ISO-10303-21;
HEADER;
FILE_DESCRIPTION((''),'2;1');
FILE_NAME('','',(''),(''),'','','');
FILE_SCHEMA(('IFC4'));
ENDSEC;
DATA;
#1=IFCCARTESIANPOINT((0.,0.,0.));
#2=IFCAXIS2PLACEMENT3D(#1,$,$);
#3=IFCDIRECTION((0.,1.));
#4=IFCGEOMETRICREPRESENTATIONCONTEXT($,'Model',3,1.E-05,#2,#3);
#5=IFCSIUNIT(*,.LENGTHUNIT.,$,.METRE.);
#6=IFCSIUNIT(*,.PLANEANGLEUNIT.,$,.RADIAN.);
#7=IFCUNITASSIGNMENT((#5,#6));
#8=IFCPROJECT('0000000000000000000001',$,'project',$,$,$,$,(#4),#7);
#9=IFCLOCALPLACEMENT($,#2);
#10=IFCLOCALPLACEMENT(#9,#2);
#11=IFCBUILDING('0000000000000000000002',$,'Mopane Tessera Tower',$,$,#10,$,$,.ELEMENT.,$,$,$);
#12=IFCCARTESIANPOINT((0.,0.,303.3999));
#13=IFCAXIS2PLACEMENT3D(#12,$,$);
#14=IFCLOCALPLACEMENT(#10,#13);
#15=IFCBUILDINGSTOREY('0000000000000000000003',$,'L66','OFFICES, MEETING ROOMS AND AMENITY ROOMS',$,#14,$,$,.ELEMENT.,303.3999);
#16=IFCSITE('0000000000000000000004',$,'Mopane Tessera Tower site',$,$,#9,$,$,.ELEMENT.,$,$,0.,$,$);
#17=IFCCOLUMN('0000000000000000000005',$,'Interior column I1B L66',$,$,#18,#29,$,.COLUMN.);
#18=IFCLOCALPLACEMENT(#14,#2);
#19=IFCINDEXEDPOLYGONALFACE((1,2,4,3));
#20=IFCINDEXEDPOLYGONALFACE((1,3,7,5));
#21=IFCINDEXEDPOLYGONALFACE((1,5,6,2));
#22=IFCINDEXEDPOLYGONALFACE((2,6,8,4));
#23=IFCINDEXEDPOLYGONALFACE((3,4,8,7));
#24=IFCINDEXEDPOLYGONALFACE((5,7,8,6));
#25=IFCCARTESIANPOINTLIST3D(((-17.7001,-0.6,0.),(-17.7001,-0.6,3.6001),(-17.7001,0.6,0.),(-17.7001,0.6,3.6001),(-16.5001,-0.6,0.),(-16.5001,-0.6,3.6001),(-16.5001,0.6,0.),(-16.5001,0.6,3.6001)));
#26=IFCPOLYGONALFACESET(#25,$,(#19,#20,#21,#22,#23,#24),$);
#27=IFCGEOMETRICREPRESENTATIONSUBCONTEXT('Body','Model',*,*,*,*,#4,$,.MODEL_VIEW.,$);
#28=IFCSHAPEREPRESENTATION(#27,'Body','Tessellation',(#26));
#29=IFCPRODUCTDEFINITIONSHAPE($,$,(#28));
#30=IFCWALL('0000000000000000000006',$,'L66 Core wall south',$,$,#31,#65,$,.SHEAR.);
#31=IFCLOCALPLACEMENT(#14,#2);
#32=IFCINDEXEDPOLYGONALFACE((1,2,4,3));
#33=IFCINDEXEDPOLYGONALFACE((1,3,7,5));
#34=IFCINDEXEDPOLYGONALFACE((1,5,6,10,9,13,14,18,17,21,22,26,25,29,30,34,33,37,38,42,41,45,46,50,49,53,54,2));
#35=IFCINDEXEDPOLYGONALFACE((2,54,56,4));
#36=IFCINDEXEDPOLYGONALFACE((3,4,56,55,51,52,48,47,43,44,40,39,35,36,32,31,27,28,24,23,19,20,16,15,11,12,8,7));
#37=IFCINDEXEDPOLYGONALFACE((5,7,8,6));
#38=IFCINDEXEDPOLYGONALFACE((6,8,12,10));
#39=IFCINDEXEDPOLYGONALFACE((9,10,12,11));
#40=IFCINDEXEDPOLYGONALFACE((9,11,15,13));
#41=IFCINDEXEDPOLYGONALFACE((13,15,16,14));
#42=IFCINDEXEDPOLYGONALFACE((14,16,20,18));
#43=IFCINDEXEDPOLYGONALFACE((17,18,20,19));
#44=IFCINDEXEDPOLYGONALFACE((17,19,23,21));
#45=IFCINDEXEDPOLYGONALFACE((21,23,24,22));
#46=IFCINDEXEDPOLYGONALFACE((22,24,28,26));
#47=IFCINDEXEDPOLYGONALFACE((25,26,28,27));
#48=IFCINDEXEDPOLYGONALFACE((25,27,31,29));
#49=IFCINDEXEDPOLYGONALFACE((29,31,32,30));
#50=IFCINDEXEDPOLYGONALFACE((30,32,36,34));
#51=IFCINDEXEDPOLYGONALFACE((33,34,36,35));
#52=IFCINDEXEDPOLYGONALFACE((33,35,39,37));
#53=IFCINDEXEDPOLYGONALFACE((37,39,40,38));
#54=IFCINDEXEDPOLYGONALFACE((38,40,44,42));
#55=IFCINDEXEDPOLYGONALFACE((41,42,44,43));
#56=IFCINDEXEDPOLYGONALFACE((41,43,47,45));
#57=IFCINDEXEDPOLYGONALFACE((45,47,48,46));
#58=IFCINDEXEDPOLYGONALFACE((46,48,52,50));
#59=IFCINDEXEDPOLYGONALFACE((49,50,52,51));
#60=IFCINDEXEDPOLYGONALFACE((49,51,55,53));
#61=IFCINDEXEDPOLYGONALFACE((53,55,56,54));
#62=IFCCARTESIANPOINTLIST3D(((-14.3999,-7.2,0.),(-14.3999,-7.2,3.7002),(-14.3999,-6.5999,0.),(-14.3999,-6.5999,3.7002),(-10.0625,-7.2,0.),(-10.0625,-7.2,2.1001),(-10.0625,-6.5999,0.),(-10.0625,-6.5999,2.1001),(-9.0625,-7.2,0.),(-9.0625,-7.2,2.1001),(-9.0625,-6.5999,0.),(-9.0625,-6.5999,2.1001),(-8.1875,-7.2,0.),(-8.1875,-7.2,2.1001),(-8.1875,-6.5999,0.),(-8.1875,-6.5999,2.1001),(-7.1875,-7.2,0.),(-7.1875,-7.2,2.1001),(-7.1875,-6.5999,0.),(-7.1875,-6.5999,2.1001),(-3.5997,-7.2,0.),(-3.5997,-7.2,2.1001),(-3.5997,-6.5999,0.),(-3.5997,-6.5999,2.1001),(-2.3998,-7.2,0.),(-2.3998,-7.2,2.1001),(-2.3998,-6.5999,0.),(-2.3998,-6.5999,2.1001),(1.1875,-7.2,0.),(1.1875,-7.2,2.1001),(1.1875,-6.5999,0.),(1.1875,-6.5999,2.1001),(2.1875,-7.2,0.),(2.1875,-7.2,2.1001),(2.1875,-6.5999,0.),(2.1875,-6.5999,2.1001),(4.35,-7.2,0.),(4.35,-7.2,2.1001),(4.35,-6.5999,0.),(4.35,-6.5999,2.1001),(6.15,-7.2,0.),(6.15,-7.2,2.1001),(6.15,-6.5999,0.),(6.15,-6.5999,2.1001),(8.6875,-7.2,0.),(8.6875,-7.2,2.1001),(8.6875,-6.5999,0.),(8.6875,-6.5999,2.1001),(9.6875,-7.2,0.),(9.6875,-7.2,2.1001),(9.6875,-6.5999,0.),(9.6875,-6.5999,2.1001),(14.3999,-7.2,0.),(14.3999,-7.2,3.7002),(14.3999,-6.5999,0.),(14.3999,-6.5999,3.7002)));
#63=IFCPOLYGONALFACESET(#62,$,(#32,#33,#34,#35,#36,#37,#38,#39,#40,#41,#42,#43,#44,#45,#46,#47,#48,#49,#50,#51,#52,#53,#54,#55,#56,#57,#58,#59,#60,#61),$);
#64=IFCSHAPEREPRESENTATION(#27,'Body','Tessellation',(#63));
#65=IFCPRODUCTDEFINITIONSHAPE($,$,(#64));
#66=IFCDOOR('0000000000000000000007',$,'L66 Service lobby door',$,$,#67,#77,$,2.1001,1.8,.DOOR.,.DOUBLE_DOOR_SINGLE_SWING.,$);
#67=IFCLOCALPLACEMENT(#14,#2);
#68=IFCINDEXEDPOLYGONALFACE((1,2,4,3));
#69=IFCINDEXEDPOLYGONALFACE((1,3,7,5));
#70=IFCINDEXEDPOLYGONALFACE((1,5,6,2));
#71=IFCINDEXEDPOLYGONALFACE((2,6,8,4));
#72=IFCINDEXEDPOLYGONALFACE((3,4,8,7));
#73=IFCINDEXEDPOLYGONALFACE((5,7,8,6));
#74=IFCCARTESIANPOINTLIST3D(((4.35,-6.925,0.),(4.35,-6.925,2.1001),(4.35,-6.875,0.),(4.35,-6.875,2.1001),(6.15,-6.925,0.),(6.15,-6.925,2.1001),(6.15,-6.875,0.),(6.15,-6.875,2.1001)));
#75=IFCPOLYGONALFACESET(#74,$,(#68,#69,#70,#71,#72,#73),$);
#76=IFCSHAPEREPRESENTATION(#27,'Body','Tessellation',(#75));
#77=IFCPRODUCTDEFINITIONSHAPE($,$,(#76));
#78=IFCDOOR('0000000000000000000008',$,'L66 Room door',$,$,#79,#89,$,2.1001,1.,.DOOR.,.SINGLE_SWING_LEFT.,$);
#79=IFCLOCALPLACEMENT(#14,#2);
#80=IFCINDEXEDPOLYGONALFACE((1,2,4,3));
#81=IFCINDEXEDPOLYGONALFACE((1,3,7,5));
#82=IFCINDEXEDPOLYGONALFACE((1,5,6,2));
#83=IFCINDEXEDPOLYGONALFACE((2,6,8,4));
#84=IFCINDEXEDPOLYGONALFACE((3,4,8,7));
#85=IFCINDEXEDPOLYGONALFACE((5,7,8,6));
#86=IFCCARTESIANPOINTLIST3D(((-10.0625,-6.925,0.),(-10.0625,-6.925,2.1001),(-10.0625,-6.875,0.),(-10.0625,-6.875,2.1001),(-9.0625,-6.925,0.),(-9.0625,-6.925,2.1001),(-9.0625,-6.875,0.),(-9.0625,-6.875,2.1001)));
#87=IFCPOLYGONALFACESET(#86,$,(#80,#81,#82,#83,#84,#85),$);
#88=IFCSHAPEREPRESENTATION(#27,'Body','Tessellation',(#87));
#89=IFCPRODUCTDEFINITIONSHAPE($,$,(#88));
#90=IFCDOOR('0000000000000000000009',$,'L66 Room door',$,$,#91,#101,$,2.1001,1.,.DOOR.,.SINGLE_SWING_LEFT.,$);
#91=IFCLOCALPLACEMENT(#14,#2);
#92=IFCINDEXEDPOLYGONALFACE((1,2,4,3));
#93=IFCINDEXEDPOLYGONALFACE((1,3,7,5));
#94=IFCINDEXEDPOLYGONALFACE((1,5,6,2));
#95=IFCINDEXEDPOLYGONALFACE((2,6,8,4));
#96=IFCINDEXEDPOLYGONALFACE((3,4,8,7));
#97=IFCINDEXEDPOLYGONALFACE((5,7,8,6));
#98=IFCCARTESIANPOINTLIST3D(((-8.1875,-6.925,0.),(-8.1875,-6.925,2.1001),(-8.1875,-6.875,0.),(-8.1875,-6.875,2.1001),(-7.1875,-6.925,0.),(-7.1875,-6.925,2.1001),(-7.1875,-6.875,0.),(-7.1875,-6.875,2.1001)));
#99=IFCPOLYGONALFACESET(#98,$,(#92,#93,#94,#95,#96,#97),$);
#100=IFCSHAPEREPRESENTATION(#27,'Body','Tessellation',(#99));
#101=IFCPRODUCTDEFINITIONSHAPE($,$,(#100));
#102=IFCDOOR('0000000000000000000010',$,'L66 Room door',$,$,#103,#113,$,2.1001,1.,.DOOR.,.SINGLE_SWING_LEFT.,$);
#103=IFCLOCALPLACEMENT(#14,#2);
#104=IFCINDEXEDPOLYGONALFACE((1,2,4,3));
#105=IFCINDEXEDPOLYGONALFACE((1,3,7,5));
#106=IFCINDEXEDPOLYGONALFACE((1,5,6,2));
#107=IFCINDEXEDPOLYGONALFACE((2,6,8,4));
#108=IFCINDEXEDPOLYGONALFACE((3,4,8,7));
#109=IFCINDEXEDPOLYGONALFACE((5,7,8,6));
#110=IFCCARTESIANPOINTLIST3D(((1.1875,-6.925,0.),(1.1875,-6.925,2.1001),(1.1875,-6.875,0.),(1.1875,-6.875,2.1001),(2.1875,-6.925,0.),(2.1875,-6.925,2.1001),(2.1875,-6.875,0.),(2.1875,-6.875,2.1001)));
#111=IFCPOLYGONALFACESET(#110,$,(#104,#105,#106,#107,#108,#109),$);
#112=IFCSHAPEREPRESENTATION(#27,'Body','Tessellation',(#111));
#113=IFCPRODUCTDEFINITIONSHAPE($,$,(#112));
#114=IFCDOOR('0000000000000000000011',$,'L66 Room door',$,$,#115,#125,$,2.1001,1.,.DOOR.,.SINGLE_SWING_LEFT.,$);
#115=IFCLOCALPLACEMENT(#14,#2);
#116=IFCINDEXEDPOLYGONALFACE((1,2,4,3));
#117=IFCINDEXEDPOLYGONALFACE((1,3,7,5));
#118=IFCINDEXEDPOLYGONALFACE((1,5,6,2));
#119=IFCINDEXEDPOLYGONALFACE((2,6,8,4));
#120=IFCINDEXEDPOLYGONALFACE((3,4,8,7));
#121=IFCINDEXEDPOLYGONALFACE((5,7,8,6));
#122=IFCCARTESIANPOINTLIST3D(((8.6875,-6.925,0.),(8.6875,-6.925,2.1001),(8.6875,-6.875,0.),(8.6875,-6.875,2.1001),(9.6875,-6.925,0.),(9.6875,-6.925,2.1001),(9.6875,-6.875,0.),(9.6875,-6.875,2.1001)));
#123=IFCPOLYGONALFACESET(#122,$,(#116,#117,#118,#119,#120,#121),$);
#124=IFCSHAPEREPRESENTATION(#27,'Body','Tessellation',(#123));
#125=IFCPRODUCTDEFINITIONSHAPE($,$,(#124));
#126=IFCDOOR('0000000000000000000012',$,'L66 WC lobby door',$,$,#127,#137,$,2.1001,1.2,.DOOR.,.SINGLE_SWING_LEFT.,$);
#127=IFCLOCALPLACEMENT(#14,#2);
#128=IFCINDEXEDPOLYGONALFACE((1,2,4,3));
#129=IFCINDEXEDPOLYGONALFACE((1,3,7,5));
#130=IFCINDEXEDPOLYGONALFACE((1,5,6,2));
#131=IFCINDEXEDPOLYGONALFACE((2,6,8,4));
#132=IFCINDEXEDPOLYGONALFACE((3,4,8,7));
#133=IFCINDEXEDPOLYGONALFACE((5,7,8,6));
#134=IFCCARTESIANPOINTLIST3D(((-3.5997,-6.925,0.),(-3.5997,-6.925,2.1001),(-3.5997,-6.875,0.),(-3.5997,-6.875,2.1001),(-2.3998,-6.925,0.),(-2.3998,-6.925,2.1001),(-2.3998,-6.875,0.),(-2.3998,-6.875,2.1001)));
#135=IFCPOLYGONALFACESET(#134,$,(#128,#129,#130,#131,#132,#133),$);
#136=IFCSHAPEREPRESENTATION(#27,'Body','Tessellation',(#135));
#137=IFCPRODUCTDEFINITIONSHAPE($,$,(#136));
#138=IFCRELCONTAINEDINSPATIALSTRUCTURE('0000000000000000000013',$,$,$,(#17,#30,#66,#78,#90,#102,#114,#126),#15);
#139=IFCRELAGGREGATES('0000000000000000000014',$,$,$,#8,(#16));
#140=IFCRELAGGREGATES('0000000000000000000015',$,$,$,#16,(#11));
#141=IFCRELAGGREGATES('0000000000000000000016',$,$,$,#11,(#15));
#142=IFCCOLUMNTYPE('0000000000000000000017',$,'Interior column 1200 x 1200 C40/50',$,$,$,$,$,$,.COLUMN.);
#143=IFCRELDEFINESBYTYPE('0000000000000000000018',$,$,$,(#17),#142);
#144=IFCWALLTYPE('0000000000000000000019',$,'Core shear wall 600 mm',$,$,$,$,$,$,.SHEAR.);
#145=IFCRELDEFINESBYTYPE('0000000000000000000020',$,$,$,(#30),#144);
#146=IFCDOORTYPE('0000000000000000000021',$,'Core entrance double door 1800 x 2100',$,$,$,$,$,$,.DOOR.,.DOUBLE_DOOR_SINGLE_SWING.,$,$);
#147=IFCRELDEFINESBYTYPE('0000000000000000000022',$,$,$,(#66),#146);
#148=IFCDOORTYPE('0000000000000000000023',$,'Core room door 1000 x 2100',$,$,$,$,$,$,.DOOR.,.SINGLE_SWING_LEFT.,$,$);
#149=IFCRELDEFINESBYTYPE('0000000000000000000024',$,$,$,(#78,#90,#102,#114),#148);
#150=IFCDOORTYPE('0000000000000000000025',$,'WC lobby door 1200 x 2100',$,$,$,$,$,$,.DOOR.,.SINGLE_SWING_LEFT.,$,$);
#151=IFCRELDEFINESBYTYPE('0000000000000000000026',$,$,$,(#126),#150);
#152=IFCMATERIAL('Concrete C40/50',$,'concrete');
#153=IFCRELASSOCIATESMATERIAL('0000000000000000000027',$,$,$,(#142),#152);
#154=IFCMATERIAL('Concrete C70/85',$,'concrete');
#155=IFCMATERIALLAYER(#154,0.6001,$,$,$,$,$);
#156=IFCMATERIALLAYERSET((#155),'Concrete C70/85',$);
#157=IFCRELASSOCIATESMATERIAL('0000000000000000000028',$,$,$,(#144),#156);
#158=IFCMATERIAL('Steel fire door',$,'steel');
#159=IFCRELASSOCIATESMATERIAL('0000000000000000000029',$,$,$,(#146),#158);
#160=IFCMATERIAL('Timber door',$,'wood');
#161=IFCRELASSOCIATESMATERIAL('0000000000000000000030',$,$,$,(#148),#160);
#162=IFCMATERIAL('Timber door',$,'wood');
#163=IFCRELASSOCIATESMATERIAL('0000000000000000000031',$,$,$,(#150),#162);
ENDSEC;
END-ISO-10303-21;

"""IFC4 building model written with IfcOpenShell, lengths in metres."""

from ifc_helpers import new_model, si_unit, direction, frame, frame_2d, origin, origin_2d, place, context, subcontext, project, spatial, rectangle, extrude, material, layer, layer_set, material_profile, profile_set, type_object, element, fill, save


model = new_model("IFC4")

# Units and contexts
model_context = context("Model", 3, precision=1e-05, world=origin(), true_north=direction((0.0, 1.0)))
body_context = subcontext(model_context, "Body", "Model", "MODEL_VIEW")
ifc_project = project(units=[si_unit("LENGTHUNIT", "METRE"), si_unit("PLANEANGLEUNIT", "RADIAN")], contexts=[model_context])

# Site, building, storey
site_placement = place(None, origin())
site = spatial("IfcSite", under=ifc_project, at=site_placement, Name="Mopane Tessera Tower site", CompositionType="ELEMENT", RefElevation=0.0)
building_placement = place(site_placement, origin())
building = spatial("IfcBuilding", under=site, at=building_placement, Name="Mopane Tessera Tower", CompositionType="ELEMENT")
storey_placement = place(building_placement, frame((0.0, 0.0, 303.3999)))
storey = spatial("IfcBuildingStorey", under=building, at=storey_placement, Name="L66", Description="OFFICES, MEETING ROOMS AND AMENITY ROOMS", CompositionType="ELEMENT", Elevation=303.3999)

# Column
ifc_material_1 = material(Name="Concrete C40/50", Category="concrete")
ifc_material_profile = material_profile(ifc_material_1, rectangle(XDim=1.2, YDim=1.2, at=origin_2d()))
ifc_profile_set = profile_set([ifc_material_profile], Name="Concrete C40/50")
column_type = type_object("IfcColumnType", Name="Interior column 1200 x 1200 C40/50", PredefinedType="COLUMN", material=ifc_profile_set)
column_placement = place(storey_placement, frame((-17.1001, 0.0, 0.0), z_axis=(0.0, 0.0, 1.0), x_axis=(1.0, 0.0, 0.0)))
element("IfcColumn", 1, at=column_placement, inside=storey, type_object=column_type, Name="Interior column I1B L66", PredefinedType="COLUMN", context=body_context, shape_type="SweptSolid", body=[
    extrude(rectangle(XDim=1.2, YDim=1.2, at=origin_2d()), origin(), (0.0, 0.0, 1.0), 3.6001),
])

# Wall, openings, doors
ifc_material_2 = material(Name="Concrete C70/85", Category="concrete")
ifc_layer_1 = layer(ifc_material_2, 0.6001)
ifc_layer_set_1 = layer_set([ifc_layer_1], Name="Concrete C70/85")
wall_type_1 = type_object("IfcWallType", Name="Core shear wall 600 mm", PredefinedType="SHEAR", material=ifc_layer_set_1)
wall_1_placement = place(storey_placement, frame((-14.3999, -6.8999, 0.0), z_axis=(0.0, 0.0, 1.0), x_axis=(1.0, 0.0, 0.0)))
wall_1 = element("IfcWall", 2, at=wall_1_placement, inside=storey, type_object=wall_type_1, Name="L66 Core wall south", PredefinedType="SHEAR", context=body_context, shape_type="SweptSolid", body=[
    extrude(rectangle(XDim=28.7998, YDim=0.6001, at=frame_2d((14.3999, 0.0))), origin(), (0.0, 0.0, 1.0), 3.7002),
])
opening_1_placement = place(wall_1_placement, frame((4.3374, 0.0, 0.0)))
opening_1 = element("IfcOpeningElement", 3, at=opening_1_placement, cuts=wall_1, PredefinedType="OPENING", context=body_context, shape_type="SweptSolid", body=[
    extrude(rectangle(XDim=1.0, YDim=2.1001, at=frame_2d((0.5, 1.05))), frame((0.0, 0.312, 0.0), z_axis=(0.0, -1.0, 0.0), x_axis=(1.0, 0.0, 0.0)), (0.0, 0.0, 1.0), 0.624),
])
opening_2_placement = place(wall_1_placement, frame((6.2124, 0.0, 0.0)))
opening_2 = element("IfcOpeningElement", 4, at=opening_2_placement, cuts=wall_1, PredefinedType="OPENING", context=body_context, shape_type="SweptSolid", body=[
    extrude(rectangle(XDim=1.0, YDim=2.1001, at=frame_2d((0.5, 1.05))), frame((0.0, 0.312, 0.0), z_axis=(0.0, -1.0, 0.0), x_axis=(1.0, 0.0, 0.0)), (0.0, 0.0, 1.0), 0.624),
])
opening_3_placement = place(wall_1_placement, frame((10.8, 0.0, 0.0)))
opening_3 = element("IfcOpeningElement", 5, at=opening_3_placement, cuts=wall_1, PredefinedType="OPENING", context=body_context, shape_type="SweptSolid", body=[
    extrude(rectangle(XDim=1.2, YDim=2.1001, at=frame_2d((0.6001, 1.05))), frame((0.0, 0.312, 0.0), z_axis=(0.0, -1.0, 0.0), x_axis=(1.0, 0.0, 0.0)), (0.0, 0.0, 1.0), 0.624),
])
opening_4_placement = place(wall_1_placement, frame((15.5874, 0.0, 0.0)))
opening_4 = element("IfcOpeningElement", 6, at=opening_4_placement, cuts=wall_1, PredefinedType="OPENING", context=body_context, shape_type="SweptSolid", body=[
    extrude(rectangle(XDim=1.0, YDim=2.1001, at=frame_2d((0.5, 1.05))), frame((0.0, 0.312, 0.0), z_axis=(0.0, -1.0, 0.0), x_axis=(1.0, 0.0, 0.0)), (0.0, 0.0, 1.0), 0.624),
])
opening_5_placement = place(wall_1_placement, frame((18.75, 0.0, 0.0)))
opening_5 = element("IfcOpeningElement", 7, at=opening_5_placement, cuts=wall_1, PredefinedType="OPENING", context=body_context, shape_type="SweptSolid", body=[
    extrude(rectangle(XDim=1.8, YDim=2.1001, at=frame_2d((0.8999, 1.05))), frame((0.0, 0.312, 0.0), z_axis=(0.0, -1.0, 0.0), x_axis=(1.0, 0.0, 0.0)), (0.0, 0.0, 1.0), 0.624),
])
opening_6_placement = place(wall_1_placement, frame((23.0874, 0.0, 0.0)))
opening_6 = element("IfcOpeningElement", 8, at=opening_6_placement, cuts=wall_1, PredefinedType="OPENING", context=body_context, shape_type="SweptSolid", body=[
    extrude(rectangle(XDim=1.0, YDim=2.1001, at=frame_2d((0.5, 1.05))), frame((0.0, 0.312, 0.0), z_axis=(0.0, -1.0, 0.0), x_axis=(1.0, 0.0, 0.0)), (0.0, 0.0, 1.0), 0.624),
])
ifc_material_3 = material(Name="Steel fire door", Category="steel")
door_type_1 = type_object("IfcDoorType", Name="Core entrance double door 1800 x 2100", OperationType="DOUBLE_DOOR_SINGLE_SWING", PredefinedType="DOOR", material=ifc_material_3)
door_1_placement = place(opening_5_placement, origin())
door_1 = element("IfcDoor", 9, at=door_1_placement, inside=storey, type_object=door_type_1, Name="L66 Service lobby door", OperationType="DOUBLE_DOOR_SINGLE_SWING", OverallHeight=2.1001, OverallWidth=1.8, PredefinedType="DOOR", context=body_context, shape_type="SweptSolid", body=[
    extrude(rectangle(XDim=1.8, YDim=2.1001, at=frame_2d((0.8999, 1.05))), frame((0.0, 0.0249, 0.0), z_axis=(0.0, -1.0, 0.0), x_axis=(1.0, 0.0, 0.0)), (0.0, 0.0, 1.0), 0.05),
])
fill(opening_5, door_1)
ifc_material_4 = material(Name="Timber door", Category="wood")
door_type_2 = type_object("IfcDoorType", Name="Core room door 1000 x 2100", OperationType="SINGLE_SWING_LEFT", PredefinedType="DOOR", material=ifc_material_4)
door_2_placement = place(opening_1_placement, origin())
door_2 = element("IfcDoor", 10, at=door_2_placement, inside=storey, type_object=door_type_2, Name="L66 Room door", OperationType="SINGLE_SWING_LEFT", OverallHeight=2.1001, OverallWidth=1.0, PredefinedType="DOOR", context=body_context, shape_type="SweptSolid", body=[
    extrude(rectangle(XDim=1.0, YDim=2.1001, at=frame_2d((0.5, 1.05))), frame((0.0, 0.0249, 0.0), z_axis=(0.0, -1.0, 0.0), x_axis=(1.0, 0.0, 0.0)), (0.0, 0.0, 1.0), 0.05),
])
fill(opening_1, door_2)
door_3_placement = place(opening_2_placement, origin())
door_3 = element("IfcDoor", 11, at=door_3_placement, inside=storey, type_object=door_type_2, Name="L66 Room door", OperationType="SINGLE_SWING_LEFT", OverallHeight=2.1001, OverallWidth=1.0, PredefinedType="DOOR", context=body_context, shape_type="SweptSolid", body=[
    extrude(rectangle(XDim=1.0, YDim=2.1001, at=frame_2d((0.5, 1.05))), frame((0.0, 0.0249, 0.0), z_axis=(0.0, -1.0, 0.0), x_axis=(1.0, 0.0, 0.0)), (0.0, 0.0, 1.0), 0.05),
])
fill(opening_2, door_3)
door_4_placement = place(opening_4_placement, origin())
door_4 = element("IfcDoor", 12, at=door_4_placement, inside=storey, type_object=door_type_2, Name="L66 Room door", OperationType="SINGLE_SWING_LEFT", OverallHeight=2.1001, OverallWidth=1.0, PredefinedType="DOOR", context=body_context, shape_type="SweptSolid", body=[
    extrude(rectangle(XDim=1.0, YDim=2.1001, at=frame_2d((0.5, 1.05))), frame((0.0, 0.0249, 0.0), z_axis=(0.0, -1.0, 0.0), x_axis=(1.0, 0.0, 0.0)), (0.0, 0.0, 1.0), 0.05),
])
fill(opening_4, door_4)
door_5_placement = place(opening_6_placement, origin())
door_5 = element("IfcDoor", 13, at=door_5_placement, inside=storey, type_object=door_type_2, Name="L66 Room door", OperationType="SINGLE_SWING_LEFT", OverallHeight=2.1001, OverallWidth=1.0, PredefinedType="DOOR", context=body_context, shape_type="SweptSolid", body=[
    extrude(rectangle(XDim=1.0, YDim=2.1001, at=frame_2d((0.5, 1.05))), frame((0.0, 0.0249, 0.0), z_axis=(0.0, -1.0, 0.0), x_axis=(1.0, 0.0, 0.0)), (0.0, 0.0, 1.0), 0.05),
])
fill(opening_6, door_5)
ifc_material_5 = material(Name="Timber door", Category="wood")
door_type_3 = type_object("IfcDoorType", Name="WC lobby door 1200 x 2100", OperationType="SINGLE_SWING_LEFT", PredefinedType="DOOR", material=ifc_material_5)
door_6_placement = place(opening_3_placement, origin())
door_6 = element("IfcDoor", 14, at=door_6_placement, inside=storey, type_object=door_type_3, Name="L66 WC lobby door", OperationType="SINGLE_SWING_LEFT", OverallHeight=2.1001, OverallWidth=1.2, PredefinedType="DOOR", context=body_context, shape_type="SweptSolid", body=[
    extrude(rectangle(XDim=1.2, YDim=2.1001, at=frame_2d((0.6001, 1.05))), frame((0.0, 0.0249, 0.0), z_axis=(0.0, -1.0, 0.0), x_axis=(1.0, 0.0, 0.0)), (0.0, 0.0, 1.0), 0.05),
])
fill(opening_3, door_6)

save(model, "model.ifc")
